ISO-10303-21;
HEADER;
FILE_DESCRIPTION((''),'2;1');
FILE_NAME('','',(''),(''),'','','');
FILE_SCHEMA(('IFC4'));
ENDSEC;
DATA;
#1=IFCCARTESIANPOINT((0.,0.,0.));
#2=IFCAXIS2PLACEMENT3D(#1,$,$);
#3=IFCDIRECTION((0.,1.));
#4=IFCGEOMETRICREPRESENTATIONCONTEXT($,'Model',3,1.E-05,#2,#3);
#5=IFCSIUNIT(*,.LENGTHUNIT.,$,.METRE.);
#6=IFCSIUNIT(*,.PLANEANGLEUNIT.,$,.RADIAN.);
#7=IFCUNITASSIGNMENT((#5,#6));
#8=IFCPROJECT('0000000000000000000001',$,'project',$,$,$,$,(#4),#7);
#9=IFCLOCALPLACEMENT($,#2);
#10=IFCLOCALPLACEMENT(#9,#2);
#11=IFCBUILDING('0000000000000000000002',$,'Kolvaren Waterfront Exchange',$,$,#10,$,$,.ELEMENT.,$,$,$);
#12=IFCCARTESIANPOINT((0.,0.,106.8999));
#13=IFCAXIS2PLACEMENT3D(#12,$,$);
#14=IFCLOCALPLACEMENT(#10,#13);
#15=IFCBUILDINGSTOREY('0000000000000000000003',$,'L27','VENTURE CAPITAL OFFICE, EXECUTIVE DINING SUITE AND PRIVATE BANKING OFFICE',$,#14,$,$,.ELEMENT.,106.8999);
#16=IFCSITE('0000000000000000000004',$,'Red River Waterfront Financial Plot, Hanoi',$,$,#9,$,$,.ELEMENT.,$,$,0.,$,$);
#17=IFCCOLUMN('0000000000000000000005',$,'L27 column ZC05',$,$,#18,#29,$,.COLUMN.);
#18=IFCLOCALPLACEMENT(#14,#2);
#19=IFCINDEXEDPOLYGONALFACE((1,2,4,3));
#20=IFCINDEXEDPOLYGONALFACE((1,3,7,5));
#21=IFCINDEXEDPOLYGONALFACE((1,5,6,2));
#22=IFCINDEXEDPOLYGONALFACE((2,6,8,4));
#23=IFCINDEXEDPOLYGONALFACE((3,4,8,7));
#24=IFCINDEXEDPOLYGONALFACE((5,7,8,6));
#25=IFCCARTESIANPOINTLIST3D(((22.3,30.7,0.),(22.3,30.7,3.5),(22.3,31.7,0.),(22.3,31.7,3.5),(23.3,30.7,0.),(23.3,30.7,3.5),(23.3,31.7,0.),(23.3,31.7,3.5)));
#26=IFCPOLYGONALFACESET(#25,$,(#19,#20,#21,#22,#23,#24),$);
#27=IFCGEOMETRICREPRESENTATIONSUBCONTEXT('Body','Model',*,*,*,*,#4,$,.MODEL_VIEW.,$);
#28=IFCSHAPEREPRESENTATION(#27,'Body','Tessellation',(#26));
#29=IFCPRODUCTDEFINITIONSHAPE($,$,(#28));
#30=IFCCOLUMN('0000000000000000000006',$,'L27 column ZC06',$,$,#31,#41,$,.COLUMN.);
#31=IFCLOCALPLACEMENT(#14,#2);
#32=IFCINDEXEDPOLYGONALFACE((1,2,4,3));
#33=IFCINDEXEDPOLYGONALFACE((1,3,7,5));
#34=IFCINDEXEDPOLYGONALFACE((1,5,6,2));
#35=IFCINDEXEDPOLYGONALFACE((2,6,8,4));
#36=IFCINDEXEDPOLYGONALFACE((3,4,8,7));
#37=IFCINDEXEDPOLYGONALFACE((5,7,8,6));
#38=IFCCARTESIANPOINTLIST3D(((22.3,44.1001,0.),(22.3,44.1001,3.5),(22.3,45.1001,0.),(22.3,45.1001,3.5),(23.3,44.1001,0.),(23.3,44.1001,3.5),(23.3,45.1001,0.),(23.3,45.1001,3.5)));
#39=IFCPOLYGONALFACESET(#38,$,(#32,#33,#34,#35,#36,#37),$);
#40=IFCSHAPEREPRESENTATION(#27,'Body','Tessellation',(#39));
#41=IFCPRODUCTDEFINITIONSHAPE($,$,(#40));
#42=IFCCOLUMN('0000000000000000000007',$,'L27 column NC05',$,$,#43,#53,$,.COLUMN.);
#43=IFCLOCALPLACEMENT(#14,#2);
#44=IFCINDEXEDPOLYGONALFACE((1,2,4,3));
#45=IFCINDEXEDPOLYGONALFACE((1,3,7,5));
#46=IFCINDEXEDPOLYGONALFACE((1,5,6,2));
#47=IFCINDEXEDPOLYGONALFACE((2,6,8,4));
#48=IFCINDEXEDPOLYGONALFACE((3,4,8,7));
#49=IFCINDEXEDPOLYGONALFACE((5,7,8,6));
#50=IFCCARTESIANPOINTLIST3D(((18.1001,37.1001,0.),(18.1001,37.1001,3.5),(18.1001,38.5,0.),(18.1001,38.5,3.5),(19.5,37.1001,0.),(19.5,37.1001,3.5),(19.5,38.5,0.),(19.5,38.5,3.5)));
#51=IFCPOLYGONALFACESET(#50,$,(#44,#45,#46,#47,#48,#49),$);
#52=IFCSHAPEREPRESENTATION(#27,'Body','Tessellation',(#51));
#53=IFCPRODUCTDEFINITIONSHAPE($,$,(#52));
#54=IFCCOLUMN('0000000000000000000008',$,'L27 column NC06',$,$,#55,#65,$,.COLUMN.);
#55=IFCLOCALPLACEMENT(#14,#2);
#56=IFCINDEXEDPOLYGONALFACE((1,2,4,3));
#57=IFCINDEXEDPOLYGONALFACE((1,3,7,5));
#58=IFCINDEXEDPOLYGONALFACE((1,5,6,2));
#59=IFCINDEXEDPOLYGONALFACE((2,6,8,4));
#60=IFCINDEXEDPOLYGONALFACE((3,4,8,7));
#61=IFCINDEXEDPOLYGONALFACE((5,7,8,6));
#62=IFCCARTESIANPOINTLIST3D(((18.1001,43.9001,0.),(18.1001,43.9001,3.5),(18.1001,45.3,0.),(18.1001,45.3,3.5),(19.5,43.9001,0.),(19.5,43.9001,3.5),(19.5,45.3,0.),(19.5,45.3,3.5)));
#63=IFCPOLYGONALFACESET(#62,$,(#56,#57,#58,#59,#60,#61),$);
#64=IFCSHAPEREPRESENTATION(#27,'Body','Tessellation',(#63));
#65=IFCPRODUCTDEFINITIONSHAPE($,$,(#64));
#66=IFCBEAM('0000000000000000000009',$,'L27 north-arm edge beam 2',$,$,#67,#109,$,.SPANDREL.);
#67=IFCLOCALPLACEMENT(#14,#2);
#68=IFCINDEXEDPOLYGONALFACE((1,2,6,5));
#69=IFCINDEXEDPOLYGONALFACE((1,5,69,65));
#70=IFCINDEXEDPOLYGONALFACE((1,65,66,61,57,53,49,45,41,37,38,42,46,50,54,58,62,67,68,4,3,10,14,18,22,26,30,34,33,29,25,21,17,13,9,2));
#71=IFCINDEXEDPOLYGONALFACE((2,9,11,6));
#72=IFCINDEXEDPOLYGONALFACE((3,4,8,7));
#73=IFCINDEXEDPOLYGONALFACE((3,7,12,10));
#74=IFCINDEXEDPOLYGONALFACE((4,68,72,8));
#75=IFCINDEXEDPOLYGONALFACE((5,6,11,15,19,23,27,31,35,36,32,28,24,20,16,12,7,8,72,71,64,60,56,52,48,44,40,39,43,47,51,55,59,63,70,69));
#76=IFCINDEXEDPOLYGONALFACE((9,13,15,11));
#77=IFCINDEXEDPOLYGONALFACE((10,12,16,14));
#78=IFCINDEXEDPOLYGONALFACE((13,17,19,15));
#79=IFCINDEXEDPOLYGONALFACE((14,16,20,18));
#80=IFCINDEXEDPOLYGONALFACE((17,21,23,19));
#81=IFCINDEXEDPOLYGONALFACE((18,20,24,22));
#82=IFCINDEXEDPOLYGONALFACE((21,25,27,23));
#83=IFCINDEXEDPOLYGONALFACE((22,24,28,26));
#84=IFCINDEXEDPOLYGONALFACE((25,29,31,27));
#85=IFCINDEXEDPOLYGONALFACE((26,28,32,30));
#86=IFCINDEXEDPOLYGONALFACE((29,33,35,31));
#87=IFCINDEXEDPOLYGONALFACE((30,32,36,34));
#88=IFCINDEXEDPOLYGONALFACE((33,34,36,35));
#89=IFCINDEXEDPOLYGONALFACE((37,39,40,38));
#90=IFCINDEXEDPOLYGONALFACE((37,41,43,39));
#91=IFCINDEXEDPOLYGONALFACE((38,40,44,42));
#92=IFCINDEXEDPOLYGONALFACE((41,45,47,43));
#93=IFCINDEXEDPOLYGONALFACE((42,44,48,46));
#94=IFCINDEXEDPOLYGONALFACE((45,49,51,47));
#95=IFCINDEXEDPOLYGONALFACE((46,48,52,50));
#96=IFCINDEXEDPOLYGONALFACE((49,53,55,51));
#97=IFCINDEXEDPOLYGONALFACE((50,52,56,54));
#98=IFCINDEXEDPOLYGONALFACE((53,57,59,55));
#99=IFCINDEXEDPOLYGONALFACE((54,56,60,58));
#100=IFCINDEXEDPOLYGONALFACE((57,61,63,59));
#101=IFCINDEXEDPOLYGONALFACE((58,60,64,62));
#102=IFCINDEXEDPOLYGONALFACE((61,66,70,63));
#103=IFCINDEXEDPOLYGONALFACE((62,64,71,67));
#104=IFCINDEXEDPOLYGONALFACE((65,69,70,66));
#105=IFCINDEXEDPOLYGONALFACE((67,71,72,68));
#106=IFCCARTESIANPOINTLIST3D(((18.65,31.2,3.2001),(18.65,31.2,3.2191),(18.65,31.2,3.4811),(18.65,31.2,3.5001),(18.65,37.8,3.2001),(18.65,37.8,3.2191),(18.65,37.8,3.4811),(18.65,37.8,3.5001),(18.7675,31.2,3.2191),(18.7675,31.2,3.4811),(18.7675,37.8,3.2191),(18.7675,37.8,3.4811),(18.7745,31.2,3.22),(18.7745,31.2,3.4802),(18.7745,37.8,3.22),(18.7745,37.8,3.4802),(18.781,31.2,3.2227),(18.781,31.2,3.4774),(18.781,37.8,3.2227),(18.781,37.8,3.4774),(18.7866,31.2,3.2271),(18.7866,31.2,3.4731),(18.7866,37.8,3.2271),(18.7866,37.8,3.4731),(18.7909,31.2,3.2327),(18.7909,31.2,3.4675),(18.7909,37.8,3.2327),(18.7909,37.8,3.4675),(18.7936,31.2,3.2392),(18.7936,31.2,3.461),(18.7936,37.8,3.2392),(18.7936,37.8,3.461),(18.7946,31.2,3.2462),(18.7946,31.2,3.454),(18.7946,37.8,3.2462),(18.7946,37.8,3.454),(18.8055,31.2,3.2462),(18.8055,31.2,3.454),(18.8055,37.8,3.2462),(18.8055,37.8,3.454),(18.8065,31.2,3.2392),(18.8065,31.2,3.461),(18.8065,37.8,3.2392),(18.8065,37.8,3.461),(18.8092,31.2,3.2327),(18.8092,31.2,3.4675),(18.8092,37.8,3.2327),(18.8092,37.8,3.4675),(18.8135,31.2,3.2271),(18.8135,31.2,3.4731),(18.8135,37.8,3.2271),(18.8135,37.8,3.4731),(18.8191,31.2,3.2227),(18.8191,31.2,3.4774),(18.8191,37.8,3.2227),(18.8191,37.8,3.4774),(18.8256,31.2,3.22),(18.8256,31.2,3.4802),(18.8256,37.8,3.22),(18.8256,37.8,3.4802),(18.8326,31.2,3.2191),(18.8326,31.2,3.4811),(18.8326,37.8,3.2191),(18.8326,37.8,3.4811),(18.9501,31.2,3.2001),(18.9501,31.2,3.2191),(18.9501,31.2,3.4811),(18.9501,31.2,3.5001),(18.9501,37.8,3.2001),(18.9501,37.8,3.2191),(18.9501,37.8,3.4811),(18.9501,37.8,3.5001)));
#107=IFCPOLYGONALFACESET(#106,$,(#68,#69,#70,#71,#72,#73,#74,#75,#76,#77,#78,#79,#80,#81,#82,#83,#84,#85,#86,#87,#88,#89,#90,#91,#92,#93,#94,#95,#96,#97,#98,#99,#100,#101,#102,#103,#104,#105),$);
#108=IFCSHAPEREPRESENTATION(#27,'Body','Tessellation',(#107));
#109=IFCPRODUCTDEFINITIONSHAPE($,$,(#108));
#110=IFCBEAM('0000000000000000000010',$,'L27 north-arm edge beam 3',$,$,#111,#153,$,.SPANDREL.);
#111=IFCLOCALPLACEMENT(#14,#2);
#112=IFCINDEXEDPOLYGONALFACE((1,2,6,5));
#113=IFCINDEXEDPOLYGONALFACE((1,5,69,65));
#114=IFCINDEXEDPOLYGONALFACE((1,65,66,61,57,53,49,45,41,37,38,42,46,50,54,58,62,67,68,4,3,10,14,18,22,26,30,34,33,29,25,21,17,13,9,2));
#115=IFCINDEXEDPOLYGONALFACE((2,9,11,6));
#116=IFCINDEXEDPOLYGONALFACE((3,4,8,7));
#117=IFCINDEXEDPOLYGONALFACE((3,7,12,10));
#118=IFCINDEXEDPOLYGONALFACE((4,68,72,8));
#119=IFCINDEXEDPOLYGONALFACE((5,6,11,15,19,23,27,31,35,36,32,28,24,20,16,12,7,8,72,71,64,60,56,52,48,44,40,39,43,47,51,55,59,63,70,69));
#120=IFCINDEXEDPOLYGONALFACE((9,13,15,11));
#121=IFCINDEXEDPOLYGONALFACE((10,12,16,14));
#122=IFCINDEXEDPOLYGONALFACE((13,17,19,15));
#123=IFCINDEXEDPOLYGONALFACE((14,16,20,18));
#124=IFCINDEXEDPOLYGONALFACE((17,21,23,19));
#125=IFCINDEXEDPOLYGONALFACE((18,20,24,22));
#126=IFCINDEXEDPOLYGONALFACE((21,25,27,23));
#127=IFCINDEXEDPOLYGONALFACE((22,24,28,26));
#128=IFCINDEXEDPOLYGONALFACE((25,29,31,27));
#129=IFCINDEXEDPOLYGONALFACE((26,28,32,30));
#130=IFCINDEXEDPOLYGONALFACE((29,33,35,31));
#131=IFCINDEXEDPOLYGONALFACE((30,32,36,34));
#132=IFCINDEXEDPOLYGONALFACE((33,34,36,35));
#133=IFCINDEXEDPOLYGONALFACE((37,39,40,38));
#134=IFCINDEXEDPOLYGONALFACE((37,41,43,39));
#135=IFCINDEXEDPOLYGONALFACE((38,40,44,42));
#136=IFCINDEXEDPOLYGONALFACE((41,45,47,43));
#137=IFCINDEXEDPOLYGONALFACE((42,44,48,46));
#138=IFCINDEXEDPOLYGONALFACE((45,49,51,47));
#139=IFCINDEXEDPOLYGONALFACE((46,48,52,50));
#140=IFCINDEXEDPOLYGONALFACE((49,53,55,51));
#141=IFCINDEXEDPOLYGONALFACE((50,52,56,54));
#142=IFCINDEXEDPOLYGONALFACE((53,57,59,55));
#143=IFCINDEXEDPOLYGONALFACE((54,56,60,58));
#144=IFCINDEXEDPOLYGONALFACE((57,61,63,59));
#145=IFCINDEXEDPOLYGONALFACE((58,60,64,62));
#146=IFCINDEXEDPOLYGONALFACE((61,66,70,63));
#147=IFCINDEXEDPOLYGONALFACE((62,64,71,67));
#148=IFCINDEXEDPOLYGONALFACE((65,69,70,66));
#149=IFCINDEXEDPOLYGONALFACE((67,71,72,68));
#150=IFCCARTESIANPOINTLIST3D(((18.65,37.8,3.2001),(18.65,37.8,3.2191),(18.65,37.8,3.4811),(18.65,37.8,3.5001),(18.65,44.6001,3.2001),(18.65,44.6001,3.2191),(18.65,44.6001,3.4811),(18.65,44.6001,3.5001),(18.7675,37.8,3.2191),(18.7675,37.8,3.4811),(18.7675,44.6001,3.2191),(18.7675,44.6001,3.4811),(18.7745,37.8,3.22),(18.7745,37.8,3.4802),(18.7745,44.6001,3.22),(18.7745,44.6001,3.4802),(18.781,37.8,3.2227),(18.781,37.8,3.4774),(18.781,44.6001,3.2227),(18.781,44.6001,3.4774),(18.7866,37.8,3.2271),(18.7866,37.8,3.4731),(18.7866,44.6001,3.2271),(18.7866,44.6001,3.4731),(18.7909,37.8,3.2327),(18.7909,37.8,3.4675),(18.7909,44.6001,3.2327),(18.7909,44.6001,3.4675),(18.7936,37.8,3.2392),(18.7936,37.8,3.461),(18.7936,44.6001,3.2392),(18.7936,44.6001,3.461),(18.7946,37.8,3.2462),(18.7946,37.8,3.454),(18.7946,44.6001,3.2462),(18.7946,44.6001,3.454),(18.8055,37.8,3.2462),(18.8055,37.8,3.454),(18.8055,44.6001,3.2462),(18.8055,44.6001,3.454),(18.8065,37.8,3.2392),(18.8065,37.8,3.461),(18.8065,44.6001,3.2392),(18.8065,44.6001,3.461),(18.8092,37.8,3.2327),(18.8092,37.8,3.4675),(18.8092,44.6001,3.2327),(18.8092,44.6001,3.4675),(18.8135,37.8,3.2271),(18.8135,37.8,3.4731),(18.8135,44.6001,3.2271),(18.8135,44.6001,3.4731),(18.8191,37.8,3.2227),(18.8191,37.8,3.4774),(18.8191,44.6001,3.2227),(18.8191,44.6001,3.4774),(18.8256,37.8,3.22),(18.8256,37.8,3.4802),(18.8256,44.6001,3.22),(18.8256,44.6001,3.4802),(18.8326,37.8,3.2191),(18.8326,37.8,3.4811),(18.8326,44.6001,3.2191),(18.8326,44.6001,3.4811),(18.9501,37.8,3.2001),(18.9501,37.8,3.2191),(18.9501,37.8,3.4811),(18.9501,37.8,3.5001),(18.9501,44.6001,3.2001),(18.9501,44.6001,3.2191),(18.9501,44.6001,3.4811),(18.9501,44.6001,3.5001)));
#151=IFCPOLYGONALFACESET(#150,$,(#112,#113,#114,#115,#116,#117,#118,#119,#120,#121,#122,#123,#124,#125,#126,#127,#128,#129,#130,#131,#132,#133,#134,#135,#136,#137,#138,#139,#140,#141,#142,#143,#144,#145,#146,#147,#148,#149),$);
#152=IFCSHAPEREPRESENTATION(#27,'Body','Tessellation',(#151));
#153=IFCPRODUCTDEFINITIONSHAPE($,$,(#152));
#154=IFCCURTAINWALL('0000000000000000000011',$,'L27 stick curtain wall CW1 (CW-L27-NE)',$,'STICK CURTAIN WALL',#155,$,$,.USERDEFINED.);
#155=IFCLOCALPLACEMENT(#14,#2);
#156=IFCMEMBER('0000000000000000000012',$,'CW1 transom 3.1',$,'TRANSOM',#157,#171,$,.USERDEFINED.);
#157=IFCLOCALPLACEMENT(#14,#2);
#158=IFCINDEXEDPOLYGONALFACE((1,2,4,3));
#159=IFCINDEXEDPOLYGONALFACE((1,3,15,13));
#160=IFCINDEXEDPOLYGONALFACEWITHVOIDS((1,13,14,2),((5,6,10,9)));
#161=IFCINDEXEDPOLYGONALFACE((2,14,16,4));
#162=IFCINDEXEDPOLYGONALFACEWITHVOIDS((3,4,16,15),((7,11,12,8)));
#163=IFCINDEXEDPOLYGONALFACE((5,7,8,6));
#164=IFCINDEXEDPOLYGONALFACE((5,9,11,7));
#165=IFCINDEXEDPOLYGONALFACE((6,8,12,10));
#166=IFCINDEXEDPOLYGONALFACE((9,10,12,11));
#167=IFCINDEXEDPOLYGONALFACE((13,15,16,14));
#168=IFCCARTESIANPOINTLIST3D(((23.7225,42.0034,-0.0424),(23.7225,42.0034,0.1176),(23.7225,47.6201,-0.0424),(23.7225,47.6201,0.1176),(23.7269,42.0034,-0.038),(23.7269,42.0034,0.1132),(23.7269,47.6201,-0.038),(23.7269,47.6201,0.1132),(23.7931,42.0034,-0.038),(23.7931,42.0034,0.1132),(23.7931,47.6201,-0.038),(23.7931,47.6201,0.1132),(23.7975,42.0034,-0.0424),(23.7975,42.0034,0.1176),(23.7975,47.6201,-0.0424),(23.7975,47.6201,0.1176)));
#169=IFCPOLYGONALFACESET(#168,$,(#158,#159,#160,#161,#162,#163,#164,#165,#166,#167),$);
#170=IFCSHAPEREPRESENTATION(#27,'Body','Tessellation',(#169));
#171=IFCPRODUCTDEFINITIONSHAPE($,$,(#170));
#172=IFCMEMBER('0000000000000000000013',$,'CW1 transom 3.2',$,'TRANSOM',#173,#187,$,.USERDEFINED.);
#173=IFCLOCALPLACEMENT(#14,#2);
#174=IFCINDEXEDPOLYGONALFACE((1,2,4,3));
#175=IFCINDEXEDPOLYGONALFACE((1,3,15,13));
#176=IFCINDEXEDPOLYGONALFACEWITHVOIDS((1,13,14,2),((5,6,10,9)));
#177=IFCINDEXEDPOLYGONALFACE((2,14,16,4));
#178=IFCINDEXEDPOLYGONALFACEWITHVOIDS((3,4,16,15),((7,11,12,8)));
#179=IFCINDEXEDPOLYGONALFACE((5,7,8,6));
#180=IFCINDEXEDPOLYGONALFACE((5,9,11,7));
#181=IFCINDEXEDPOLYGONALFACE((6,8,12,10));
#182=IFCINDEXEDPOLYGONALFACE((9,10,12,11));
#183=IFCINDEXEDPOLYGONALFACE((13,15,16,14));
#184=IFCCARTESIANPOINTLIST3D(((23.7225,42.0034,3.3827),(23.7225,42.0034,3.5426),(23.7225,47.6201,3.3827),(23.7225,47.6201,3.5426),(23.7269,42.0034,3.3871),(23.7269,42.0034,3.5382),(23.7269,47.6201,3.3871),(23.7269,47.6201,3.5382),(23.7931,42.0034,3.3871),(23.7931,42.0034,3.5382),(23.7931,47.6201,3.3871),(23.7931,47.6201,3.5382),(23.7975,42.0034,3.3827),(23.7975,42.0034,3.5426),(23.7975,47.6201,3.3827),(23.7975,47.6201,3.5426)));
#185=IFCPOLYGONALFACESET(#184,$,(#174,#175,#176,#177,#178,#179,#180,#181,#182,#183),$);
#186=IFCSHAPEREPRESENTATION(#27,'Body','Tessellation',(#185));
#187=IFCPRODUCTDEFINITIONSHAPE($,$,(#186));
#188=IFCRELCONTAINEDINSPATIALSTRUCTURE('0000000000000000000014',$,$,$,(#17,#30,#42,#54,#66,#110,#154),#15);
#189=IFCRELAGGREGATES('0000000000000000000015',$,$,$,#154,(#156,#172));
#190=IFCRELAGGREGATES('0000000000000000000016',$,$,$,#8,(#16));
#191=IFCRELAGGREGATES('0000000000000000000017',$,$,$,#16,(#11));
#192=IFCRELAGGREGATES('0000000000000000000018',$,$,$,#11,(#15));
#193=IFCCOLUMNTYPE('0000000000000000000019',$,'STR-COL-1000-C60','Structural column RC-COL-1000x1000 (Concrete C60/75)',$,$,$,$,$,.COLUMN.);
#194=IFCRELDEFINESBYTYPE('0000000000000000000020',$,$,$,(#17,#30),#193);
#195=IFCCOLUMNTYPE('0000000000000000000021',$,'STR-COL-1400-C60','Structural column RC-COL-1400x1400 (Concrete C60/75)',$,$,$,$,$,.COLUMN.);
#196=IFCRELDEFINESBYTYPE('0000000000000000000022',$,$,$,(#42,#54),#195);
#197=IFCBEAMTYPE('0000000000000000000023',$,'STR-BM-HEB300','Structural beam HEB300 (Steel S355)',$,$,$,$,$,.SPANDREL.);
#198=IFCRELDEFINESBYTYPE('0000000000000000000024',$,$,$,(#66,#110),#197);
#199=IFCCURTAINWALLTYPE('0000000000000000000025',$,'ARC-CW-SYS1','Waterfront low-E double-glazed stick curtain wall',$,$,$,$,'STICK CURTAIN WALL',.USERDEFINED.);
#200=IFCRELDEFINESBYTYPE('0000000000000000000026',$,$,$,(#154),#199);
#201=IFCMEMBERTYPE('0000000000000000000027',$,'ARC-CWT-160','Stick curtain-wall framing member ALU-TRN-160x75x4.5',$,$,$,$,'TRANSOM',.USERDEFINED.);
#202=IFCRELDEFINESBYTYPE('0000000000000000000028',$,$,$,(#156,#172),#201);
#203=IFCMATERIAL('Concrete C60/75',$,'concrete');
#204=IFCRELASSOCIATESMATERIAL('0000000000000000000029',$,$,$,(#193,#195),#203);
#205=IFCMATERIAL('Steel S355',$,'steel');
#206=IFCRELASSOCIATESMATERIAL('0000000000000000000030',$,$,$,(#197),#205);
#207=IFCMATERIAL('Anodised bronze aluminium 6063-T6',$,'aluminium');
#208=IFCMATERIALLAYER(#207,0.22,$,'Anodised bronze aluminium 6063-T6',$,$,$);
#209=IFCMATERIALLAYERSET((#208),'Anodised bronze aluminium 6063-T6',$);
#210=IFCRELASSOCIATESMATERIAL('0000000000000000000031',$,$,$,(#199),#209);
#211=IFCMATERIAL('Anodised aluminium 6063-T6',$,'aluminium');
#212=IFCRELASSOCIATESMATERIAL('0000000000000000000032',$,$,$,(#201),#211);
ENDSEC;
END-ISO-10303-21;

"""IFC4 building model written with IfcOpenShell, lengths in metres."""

from ifc_helpers import new_model, si_unit, direction, frame, origin, origin_with_axes, origin_2d, place, context, subcontext, project, spatial, rectangle, hollow_rectangle, i_section, extrude, source, transform, mapped, material, layer, layer_set, material_profile, profile_set, type_object, element, aggregate, save


model = new_model("IFC4")

# Units and contexts
model_context = context("Model", 3, precision=1e-05, world=origin(), true_north=direction((0.0, 1.0)))
body_context = subcontext(model_context, "Body", "Model", "MODEL_VIEW")
ifc_project = project(units=[si_unit("LENGTHUNIT", "METRE"), si_unit("PLANEANGLEUNIT", "RADIAN")], contexts=[model_context])

# Site, building, storey
site_placement = place(None, origin())
site = spatial("IfcSite", under=ifc_project, at=site_placement, Name="Red River Waterfront Financial Plot, Hanoi", CompositionType="ELEMENT", RefElevation=0.0)
building_placement = place(site_placement, origin())
building = spatial("IfcBuilding", under=site, at=building_placement, Name="Kolvaren Waterfront Exchange", CompositionType="ELEMENT")
storey_placement = place(building_placement, frame((0.0, 0.0, 106.8999)))
storey = spatial("IfcBuildingStorey", under=building, at=storey_placement, Name="L27", Description="VENTURE CAPITAL OFFICE, EXECUTIVE DINING SUITE AND PRIVATE BANKING OFFICE", CompositionType="ELEMENT", Elevation=106.8999)

# Columns
ifc_material_1 = material(Name="Concrete C60/75", Category="concrete")
ifc_material_profile_1 = material_profile(ifc_material_1, rectangle(XDim=1.0, YDim=1.0, at=origin_2d()), Name="RC-COL-1000x1000")
ifc_profile_set_1 = profile_set([ifc_material_profile_1], Name="Concrete C60/75")
column_type_1 = type_object("IfcColumnType", Name="STR-COL-1000-C60", Description="Structural column RC-COL-1000x1000 (Concrete C60/75)", PredefinedType="COLUMN", material=ifc_profile_set_1)
for number, where, z_axis, x_axis, name in (
    (1, (22.8, 31.2, 0.0), (0.0, 0.0, 1.0), (1.0, 0.0, 0.0), "L27 column ZC05"),
    (2, (22.8, 44.6001, 0.0), (0.0, 0.0, 1.0), (1.0, 0.0, 0.0), "L27 column ZC06"),
):
    element("IfcColumn", number, at=place(storey_placement, frame(where, z_axis=z_axis, x_axis=x_axis)), inside=storey, type_object=column_type_1, Name=name, PredefinedType="COLUMN", context=body_context, shape_type="SweptSolid", body=[
        extrude(rectangle(XDim=1.0, YDim=1.0, at=origin_2d()), origin(), (0.0, 0.0, 1.0), 3.5),
    ])
ifc_material_profile_2 = material_profile(ifc_material_1, rectangle(XDim=1.3999, YDim=1.3999, at=origin_2d()), Name="RC-COL-1400x1400")
ifc_profile_set_2 = profile_set([ifc_material_profile_2], Name="Concrete C60/75")
column_type_2 = type_object("IfcColumnType", Name="STR-COL-1400-C60", Description="Structural column RC-COL-1400x1400 (Concrete C60/75)", PredefinedType="COLUMN", material=ifc_profile_set_2)
for number, where, z_axis, x_axis, name in (
    (3, (18.8, 37.8, 0.0), (0.0, 0.0, 1.0), (1.0, 0.0, 0.0), "L27 column NC05"),
    (4, (18.8, 44.6001, 0.0), (0.0, 0.0, 1.0), (1.0, 0.0, 0.0), "L27 column NC06"),
):
    element("IfcColumn", number, at=place(storey_placement, frame(where, z_axis=z_axis, x_axis=x_axis)), inside=storey, type_object=column_type_2, Name=name, PredefinedType="COLUMN", context=body_context, shape_type="SweptSolid", body=[
        extrude(rectangle(XDim=1.3999, YDim=1.3999, at=origin_2d()), origin(), (0.0, 0.0, 1.0), 3.5),
    ])

# Beams
ifc_material_2 = material(Name="Steel S355", Category="steel")
ifc_material_profile_3 = material_profile(ifc_material_2, i_section(OverallWidth=0.3, OverallDepth=0.3, WebThickness=0.011, FlangeThickness=0.019, FilletRadius=0.0271, at=origin_2d()), Name="HEB300")
ifc_profile_set_3 = profile_set([ifc_material_profile_3], Name="Steel S355")
beam_type = type_object("IfcBeamType", Name="STR-BM-HEB300", Description="Structural beam HEB300 (Steel S355)", PredefinedType="SPANDREL", material=ifc_profile_set_3)
beam_1_placement = place(storey_placement, frame((18.8, 31.2, 3.3501), z_axis=(0.0, 1.0, 0.0), x_axis=(-1.0, 0.0, 0.0)))
element("IfcBeam", 5, at=beam_1_placement, inside=storey, type_object=beam_type, Name="L27 north-arm edge beam 2", PredefinedType="SPANDREL", context=body_context, shape_type="SweptSolid", body=[
    extrude(i_section(OverallWidth=0.3, OverallDepth=0.3, WebThickness=0.011, FlangeThickness=0.019, FilletRadius=0.0271, at=origin_2d()), origin(), (0.0, 0.0, 1.0), 6.6001),
])
beam_2_placement = place(storey_placement, frame((18.8, 37.8, 3.3501), z_axis=(0.0, 1.0, 0.0), x_axis=(-1.0, 0.0, 0.0)))
element("IfcBeam", 6, at=beam_2_placement, inside=storey, type_object=beam_type, Name="L27 north-arm edge beam 3", PredefinedType="SPANDREL", context=body_context, shape_type="SweptSolid", body=[
    extrude(i_section(OverallWidth=0.3, OverallDepth=0.3, WebThickness=0.011, FlangeThickness=0.019, FilletRadius=0.0271, at=origin_2d()), origin(), (0.0, 0.0, 1.0), 6.8),
])

# Curtain wall, members
ifc_material_3 = material(Name="Anodised bronze aluminium 6063-T6", Category="aluminium")
ifc_layer_1 = layer(ifc_material_3, 0.22, Name="Anodised bronze aluminium 6063-T6")
ifc_layer_set_1 = layer_set([ifc_layer_1], Name="Anodised bronze aluminium 6063-T6")
curtain_wall_type = type_object("IfcCurtainWallType", Name="ARC-CW-SYS1", Description="Waterfront low-E double-glazed stick curtain wall", ElementType="STICK CURTAIN WALL", PredefinedType="USERDEFINED", material=ifc_layer_set_1)
curtain_wall_placement = place(storey_placement, origin())
curtain_wall = element("IfcCurtainWall", 7, at=curtain_wall_placement, inside=storey, type_object=curtain_wall_type, Name="L27 stick curtain wall CW1 (CW-L27-NE)", ObjectType="STICK CURTAIN WALL", PredefinedType="USERDEFINED")
ifc_material_4 = material(Name="Anodised aluminium 6063-T6", Category="aluminium")
ifc_material_profile_4 = material_profile(ifc_material_4, hollow_rectangle(XDim=0.075, YDim=0.1599, WallThickness=0.0044, at=origin_2d()), Name="ALU-TRN-160x75x4.5")
ifc_profile_set_4 = profile_set([ifc_material_profile_4], Name="Anodised aluminium 6063-T6")
member_type_1 = type_object("IfcMemberType", Name="ARC-CWT-160", Description="Stick curtain-wall framing member ALU-TRN-160x75x4.5", ElementType="TRANSOM", PredefinedType="USERDEFINED", material=ifc_profile_set_4)
shared_shape_1 = source(origin_with_axes(), body_context, "Body", "SweptSolid", [
    extrude(hollow_rectangle(XDim=0.075, YDim=0.1599, WallThickness=0.0044, at=origin_2d()), origin(), (0.0, 0.0, 1.0), 5.6167),
])
member_1_placement = place(storey_placement, frame((23.76, 42.0034, 0.0376), z_axis=(0.0, 1.0, 0.0), x_axis=(-1.0, 0.0, 0.0)))
member_1 = element("IfcMember", 8, at=member_1_placement, type_object=member_type_1, Name="CW1 transom 3.1", ObjectType="TRANSOM", PredefinedType="USERDEFINED", context=body_context, shape_type="MappedRepresentation", body=[
    mapped(shared_shape_1, transform((0.0, 0.0, 0.0), x_axis=(1.0, 0.0, 0.0), y_axis=(0.0, 1.0, 0.0), z_axis=(0.0, 0.0, 1.0), scale=1.0)),
])
member_2_placement = place(storey_placement, frame((23.76, 42.0034, 3.4626), z_axis=(0.0, 1.0, 0.0), x_axis=(-1.0, 0.0, 0.0)))
member_2 = element("IfcMember", 9, at=member_2_placement, type_object=member_type_1, Name="CW1 transom 3.2", ObjectType="TRANSOM", PredefinedType="USERDEFINED", context=body_context, shape_type="MappedRepresentation", body=[
    mapped(shared_shape_1, transform((0.0, 0.0, 0.0), x_axis=(1.0, 0.0, 0.0), y_axis=(0.0, 1.0, 0.0), z_axis=(0.0, 0.0, 1.0), scale=1.0)),
])
aggregate(curtain_wall, [member_1, member_2])

save(model, "model.ifc")
